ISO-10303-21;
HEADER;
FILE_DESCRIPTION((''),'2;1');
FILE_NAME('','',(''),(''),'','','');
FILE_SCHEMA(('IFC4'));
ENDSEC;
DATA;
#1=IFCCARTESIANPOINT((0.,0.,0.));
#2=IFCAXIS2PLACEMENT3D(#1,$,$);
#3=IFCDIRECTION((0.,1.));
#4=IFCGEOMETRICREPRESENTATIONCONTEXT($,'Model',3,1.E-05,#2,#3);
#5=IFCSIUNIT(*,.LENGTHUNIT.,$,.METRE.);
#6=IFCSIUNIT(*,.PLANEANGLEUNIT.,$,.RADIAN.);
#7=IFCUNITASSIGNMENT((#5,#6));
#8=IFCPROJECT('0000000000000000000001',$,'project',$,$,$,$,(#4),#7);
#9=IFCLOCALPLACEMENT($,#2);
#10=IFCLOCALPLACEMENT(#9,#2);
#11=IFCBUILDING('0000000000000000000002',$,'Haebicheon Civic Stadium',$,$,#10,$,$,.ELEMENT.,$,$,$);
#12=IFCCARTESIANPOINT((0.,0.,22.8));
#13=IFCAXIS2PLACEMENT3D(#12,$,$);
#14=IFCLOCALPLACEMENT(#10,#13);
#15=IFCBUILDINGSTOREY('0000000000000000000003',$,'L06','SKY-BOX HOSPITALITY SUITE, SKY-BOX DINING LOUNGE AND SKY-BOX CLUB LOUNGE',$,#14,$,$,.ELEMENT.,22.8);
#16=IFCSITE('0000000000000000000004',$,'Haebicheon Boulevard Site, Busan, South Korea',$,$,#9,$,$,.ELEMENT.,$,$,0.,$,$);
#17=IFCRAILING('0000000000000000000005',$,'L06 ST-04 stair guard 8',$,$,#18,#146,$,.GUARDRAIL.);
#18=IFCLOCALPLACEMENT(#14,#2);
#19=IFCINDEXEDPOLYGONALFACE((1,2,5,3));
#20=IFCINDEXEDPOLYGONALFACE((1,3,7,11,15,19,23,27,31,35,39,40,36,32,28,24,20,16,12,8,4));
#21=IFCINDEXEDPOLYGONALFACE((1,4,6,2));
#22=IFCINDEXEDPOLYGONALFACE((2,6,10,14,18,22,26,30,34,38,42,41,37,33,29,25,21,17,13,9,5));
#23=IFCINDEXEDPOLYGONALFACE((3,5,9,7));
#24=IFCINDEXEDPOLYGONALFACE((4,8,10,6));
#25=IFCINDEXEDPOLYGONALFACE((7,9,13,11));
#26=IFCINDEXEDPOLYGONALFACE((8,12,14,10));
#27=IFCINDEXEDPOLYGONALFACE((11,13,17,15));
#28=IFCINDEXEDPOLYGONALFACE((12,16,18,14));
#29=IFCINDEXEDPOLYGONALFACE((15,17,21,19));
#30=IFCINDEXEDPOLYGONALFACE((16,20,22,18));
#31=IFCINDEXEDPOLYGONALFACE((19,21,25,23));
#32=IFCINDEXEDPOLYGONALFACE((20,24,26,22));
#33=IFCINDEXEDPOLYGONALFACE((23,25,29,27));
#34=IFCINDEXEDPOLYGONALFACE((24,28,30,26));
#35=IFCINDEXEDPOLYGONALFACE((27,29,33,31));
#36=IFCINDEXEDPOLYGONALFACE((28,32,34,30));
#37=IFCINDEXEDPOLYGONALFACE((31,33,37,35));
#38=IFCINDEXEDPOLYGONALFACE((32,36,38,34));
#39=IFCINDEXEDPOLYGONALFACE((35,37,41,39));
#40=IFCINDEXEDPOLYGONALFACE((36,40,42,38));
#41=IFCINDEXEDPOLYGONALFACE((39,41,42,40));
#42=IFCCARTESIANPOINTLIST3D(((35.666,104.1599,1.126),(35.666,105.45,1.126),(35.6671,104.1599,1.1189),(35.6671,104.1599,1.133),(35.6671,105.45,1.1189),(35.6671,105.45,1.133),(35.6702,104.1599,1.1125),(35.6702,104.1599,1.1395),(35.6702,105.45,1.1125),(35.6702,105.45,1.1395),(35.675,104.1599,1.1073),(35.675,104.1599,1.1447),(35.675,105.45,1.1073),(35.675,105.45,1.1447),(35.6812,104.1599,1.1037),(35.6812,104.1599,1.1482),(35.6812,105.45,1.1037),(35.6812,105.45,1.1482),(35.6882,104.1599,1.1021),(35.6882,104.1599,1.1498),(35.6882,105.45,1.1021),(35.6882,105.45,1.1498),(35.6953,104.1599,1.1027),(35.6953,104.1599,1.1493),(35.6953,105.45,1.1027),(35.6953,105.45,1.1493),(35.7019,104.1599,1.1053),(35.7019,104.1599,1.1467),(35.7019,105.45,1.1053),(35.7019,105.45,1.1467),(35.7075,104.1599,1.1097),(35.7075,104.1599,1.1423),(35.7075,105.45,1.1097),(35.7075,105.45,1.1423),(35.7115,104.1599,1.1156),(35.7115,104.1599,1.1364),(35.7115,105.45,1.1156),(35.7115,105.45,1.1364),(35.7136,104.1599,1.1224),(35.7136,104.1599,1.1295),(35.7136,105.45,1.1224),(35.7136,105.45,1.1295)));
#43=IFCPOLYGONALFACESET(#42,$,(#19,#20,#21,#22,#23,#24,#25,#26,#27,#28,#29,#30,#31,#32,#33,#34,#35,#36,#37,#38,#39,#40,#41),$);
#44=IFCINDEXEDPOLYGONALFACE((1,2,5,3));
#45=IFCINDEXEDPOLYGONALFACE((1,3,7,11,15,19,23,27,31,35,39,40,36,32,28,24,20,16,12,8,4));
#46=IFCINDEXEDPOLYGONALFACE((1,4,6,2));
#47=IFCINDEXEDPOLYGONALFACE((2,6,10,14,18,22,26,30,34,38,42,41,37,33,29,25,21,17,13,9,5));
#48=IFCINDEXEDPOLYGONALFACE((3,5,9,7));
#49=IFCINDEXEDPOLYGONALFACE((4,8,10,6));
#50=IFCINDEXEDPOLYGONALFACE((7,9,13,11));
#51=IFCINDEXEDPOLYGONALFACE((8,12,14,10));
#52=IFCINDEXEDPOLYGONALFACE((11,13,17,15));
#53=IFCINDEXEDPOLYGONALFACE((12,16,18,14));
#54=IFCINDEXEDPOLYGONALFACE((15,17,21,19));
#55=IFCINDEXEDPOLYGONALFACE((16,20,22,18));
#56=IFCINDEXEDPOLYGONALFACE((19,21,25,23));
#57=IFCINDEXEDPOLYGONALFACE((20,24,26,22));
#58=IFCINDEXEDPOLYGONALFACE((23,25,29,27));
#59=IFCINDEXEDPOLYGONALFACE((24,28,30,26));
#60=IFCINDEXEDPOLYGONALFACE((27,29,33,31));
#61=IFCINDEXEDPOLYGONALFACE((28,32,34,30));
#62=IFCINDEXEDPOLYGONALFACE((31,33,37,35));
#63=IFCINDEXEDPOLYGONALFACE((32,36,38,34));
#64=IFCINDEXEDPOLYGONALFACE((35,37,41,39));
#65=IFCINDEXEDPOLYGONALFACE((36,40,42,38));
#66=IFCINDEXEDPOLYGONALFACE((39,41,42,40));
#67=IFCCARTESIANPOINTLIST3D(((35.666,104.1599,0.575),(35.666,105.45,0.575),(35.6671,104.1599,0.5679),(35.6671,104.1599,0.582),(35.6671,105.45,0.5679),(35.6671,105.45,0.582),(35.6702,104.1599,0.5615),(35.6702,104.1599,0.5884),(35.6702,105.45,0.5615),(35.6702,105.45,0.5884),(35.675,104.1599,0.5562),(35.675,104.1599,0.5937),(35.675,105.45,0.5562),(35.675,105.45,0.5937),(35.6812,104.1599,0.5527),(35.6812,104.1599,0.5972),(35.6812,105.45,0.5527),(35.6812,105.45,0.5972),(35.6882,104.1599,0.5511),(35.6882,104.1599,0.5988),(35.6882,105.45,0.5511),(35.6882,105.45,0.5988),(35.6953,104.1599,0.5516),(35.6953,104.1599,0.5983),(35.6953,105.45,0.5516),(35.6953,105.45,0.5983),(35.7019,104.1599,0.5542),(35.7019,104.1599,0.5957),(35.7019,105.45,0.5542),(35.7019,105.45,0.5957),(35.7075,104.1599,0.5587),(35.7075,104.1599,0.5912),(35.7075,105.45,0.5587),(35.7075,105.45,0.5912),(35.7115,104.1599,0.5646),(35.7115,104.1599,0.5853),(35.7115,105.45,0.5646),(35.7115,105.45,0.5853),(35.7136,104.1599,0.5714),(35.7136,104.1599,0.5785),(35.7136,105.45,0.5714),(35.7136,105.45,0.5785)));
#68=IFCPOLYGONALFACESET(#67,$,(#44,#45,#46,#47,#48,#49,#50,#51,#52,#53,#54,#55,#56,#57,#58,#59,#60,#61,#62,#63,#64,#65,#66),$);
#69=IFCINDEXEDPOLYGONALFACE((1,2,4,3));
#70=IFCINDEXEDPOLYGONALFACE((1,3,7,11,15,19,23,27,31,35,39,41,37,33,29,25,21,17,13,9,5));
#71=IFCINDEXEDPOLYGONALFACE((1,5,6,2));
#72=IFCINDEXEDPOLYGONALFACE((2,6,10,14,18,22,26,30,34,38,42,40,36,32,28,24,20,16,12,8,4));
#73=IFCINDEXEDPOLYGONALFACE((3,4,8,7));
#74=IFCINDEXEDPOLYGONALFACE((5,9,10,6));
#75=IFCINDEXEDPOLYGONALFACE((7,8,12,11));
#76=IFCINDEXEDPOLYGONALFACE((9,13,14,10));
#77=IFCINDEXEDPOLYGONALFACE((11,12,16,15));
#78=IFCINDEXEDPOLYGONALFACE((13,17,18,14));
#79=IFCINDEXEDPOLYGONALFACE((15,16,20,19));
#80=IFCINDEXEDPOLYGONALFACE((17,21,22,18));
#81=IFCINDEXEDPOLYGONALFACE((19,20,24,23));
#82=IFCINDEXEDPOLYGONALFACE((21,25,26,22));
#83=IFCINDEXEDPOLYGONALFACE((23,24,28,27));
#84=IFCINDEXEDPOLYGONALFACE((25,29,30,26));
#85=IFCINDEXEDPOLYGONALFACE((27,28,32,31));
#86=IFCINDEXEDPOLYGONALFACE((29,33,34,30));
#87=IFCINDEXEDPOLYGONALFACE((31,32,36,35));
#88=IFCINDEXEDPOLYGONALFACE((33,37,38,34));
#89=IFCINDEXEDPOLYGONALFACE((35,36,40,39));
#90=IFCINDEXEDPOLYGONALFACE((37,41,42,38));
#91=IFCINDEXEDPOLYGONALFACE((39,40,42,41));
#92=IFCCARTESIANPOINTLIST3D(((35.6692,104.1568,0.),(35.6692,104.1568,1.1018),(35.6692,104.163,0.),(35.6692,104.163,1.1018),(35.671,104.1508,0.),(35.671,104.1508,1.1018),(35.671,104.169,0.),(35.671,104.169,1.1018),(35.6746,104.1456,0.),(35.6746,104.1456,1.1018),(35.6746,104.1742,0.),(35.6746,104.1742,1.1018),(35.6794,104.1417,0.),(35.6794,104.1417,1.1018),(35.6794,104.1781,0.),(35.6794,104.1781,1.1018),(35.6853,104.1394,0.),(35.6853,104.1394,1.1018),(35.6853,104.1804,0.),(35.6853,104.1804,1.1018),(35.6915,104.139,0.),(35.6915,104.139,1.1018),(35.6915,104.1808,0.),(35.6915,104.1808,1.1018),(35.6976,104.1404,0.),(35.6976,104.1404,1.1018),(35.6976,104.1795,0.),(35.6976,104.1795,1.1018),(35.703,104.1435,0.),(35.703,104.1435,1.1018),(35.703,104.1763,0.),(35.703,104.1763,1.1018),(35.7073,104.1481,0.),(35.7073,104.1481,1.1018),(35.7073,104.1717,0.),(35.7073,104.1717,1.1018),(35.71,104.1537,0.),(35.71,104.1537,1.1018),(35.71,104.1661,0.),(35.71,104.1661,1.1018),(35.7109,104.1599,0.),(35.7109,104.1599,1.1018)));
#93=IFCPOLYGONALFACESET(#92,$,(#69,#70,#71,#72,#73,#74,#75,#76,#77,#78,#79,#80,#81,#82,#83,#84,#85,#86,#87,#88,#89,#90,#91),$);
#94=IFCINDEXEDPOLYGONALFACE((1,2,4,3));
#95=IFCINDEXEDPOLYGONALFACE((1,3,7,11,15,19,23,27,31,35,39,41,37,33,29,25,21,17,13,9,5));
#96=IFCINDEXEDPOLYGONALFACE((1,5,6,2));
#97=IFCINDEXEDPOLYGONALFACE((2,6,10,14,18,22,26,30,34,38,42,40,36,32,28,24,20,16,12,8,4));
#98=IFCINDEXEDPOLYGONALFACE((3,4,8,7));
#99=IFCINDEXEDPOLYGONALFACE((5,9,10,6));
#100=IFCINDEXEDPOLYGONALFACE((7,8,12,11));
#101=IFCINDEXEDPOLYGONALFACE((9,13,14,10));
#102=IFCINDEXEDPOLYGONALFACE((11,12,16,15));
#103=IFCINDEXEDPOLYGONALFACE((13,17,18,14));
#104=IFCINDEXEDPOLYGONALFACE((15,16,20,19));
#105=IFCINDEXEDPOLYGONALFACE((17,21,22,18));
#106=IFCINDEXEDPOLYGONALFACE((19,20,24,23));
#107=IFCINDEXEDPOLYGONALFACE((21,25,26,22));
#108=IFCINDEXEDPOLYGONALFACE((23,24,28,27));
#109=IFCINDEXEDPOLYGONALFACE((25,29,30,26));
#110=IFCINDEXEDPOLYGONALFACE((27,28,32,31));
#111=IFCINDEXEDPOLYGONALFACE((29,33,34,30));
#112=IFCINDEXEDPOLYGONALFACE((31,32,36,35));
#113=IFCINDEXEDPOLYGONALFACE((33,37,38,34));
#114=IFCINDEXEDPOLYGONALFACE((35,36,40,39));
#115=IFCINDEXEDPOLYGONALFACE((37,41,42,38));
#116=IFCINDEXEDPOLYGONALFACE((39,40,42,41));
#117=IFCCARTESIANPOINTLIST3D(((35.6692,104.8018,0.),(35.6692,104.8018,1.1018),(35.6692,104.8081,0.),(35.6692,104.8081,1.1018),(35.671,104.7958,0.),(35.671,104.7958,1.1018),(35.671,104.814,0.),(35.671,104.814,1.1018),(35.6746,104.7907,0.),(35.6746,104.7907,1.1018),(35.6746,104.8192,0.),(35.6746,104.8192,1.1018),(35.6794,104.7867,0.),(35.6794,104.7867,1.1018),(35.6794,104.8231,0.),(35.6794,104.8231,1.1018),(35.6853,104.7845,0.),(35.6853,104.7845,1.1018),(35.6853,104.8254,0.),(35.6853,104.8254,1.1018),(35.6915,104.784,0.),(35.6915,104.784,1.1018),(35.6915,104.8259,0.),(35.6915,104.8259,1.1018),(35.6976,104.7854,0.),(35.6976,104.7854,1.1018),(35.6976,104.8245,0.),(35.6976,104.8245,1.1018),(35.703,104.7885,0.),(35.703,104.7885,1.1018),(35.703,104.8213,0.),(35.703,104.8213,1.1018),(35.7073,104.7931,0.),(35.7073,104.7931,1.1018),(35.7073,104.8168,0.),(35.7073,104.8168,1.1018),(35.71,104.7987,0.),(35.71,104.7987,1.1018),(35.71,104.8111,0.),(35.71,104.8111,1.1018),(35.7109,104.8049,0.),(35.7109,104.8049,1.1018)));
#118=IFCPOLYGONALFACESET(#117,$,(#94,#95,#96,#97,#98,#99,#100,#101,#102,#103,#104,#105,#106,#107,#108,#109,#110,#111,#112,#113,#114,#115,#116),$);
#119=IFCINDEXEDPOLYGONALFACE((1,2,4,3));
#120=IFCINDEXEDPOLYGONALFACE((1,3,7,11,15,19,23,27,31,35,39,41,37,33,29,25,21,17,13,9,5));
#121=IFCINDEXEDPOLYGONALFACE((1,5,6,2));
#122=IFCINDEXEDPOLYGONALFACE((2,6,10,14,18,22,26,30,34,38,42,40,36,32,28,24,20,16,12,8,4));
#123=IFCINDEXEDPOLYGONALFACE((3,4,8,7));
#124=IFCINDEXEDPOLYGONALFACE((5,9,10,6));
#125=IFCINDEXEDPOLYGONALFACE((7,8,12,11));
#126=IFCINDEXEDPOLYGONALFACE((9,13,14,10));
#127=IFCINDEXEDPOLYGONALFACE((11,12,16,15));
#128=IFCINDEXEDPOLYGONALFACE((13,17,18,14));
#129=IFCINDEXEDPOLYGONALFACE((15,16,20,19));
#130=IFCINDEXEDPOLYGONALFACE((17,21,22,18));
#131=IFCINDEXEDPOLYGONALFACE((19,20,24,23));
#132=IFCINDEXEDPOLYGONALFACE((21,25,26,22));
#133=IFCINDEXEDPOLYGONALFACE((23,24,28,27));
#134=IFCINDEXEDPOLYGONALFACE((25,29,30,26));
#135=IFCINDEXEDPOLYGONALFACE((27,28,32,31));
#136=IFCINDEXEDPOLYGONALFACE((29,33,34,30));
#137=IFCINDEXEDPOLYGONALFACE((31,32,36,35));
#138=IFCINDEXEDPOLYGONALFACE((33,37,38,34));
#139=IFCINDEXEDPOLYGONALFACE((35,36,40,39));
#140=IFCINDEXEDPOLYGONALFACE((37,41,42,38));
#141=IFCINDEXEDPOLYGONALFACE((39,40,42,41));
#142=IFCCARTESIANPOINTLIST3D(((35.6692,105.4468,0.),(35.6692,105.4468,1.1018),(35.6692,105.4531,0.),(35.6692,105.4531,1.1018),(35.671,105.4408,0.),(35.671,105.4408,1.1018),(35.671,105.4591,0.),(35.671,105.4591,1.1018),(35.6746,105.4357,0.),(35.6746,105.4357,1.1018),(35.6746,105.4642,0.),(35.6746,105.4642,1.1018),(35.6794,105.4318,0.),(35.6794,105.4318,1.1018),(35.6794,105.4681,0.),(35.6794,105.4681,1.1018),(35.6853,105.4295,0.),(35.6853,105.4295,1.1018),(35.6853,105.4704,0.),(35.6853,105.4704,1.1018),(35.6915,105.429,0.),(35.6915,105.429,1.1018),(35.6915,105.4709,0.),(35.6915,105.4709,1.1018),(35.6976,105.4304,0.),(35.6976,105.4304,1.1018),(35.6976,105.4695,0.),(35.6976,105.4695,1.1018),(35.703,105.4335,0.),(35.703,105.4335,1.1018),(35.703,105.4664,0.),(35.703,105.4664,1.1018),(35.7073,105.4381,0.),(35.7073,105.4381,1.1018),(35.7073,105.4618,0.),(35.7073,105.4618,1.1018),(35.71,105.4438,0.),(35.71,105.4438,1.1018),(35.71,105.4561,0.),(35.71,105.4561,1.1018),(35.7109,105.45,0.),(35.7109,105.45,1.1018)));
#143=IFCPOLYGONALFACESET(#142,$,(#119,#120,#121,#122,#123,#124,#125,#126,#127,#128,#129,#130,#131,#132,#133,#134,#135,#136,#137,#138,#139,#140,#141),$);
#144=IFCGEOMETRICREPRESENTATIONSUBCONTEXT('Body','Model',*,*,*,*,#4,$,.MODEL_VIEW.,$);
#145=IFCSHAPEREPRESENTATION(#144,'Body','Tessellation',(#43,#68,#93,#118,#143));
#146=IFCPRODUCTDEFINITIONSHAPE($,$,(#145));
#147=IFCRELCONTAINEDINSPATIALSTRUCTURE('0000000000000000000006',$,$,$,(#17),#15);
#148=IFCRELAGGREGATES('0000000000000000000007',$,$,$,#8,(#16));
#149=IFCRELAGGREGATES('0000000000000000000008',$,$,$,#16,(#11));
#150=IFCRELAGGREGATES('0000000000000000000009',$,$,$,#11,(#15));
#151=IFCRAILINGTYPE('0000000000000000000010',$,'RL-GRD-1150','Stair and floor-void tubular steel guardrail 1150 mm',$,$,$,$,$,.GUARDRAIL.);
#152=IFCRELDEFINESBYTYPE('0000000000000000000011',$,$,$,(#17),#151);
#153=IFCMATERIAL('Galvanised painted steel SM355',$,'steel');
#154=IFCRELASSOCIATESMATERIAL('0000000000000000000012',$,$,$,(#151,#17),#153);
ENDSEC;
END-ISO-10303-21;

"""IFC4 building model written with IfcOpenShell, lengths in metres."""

from ifc_helpers import new_model, si_unit, direction, frame, origin, origin_2d, place, context, subcontext, project, spatial, circle, extrude, material, type_object, element, save


model = new_model("IFC4")

# Units and contexts
model_context = context("Model", 3, precision=1e-05, world=origin(), true_north=direction((0.0, 1.0)))
body_context = subcontext(model_context, "Body", "Model", "MODEL_VIEW")
ifc_project = project(units=[si_unit("LENGTHUNIT", "METRE"), si_unit("PLANEANGLEUNIT", "RADIAN")], contexts=[model_context])

# Site, building, storey
site_placement = place(None, origin())
site = spatial("IfcSite", under=ifc_project, at=site_placement, Name="Haebicheon Boulevard Site, Busan, South Korea", CompositionType="ELEMENT", RefElevation=0.0)
building_placement = place(site_placement, origin())
building = spatial("IfcBuilding", under=site, at=building_placement, Name="Haebicheon Civic Stadium", CompositionType="ELEMENT")
storey_placement = place(building_placement, frame((0.0, 0.0, 22.8)))
storey = spatial("IfcBuildingStorey", under=building, at=storey_placement, Name="L06", Description="SKY-BOX HOSPITALITY SUITE, SKY-BOX DINING LOUNGE AND SKY-BOX CLUB LOUNGE", CompositionType="ELEMENT", Elevation=22.8)

# Railing
ifc_material_1 = material(Name="Galvanised painted steel SM355", Category="steel")
railing_type_1 = type_object("IfcRailingType", Name="RL-GRD-1150", Description="Stair and floor-void tubular steel guardrail 1150 mm", PredefinedType="GUARDRAIL", material=ifc_material_1)
for number, where, name in (
    (1, (35.6899, 104.1599, 0.0), "L06 ST-04 stair guard 8"),
):
    element("IfcRailing", number, at=place(storey_placement, frame(where)), inside=storey, type_object=railing_type_1, material=ifc_material_1, Name=name, PredefinedType="GUARDRAIL", context=body_context, shape_type="SweptSolid", body=[
        extrude(circle(Radius=0.0239, at=origin_2d()), frame((0.0, 0.0, 1.126), z_axis=(0.0, 1.0, 0.0), x_axis=(-1.0, 0.0, 0.0)), (0.0, 0.0, 1.0), 1.29),
        extrude(circle(Radius=0.0239, at=origin_2d()), frame((0.0, 0.0, 0.575), z_axis=(0.0, 1.0, 0.0), x_axis=(-1.0, 0.0, 0.0)), (0.0, 0.0, 1.0), 1.29),
        extrude(circle(Radius=0.021, at=origin_2d()), origin(), (0.0, 0.0, 1.0), 1.1018),
        extrude(circle(Radius=0.021, at=origin_2d()), frame((0.0, 0.645, 0.0)), (0.0, 0.0, 1.0), 1.1018),
        extrude(circle(Radius=0.021, at=origin_2d()), frame((0.0, 1.29, 0.0)), (0.0, 0.0, 1.0), 1.1018),
    ])

save(model, "model.ifc")
